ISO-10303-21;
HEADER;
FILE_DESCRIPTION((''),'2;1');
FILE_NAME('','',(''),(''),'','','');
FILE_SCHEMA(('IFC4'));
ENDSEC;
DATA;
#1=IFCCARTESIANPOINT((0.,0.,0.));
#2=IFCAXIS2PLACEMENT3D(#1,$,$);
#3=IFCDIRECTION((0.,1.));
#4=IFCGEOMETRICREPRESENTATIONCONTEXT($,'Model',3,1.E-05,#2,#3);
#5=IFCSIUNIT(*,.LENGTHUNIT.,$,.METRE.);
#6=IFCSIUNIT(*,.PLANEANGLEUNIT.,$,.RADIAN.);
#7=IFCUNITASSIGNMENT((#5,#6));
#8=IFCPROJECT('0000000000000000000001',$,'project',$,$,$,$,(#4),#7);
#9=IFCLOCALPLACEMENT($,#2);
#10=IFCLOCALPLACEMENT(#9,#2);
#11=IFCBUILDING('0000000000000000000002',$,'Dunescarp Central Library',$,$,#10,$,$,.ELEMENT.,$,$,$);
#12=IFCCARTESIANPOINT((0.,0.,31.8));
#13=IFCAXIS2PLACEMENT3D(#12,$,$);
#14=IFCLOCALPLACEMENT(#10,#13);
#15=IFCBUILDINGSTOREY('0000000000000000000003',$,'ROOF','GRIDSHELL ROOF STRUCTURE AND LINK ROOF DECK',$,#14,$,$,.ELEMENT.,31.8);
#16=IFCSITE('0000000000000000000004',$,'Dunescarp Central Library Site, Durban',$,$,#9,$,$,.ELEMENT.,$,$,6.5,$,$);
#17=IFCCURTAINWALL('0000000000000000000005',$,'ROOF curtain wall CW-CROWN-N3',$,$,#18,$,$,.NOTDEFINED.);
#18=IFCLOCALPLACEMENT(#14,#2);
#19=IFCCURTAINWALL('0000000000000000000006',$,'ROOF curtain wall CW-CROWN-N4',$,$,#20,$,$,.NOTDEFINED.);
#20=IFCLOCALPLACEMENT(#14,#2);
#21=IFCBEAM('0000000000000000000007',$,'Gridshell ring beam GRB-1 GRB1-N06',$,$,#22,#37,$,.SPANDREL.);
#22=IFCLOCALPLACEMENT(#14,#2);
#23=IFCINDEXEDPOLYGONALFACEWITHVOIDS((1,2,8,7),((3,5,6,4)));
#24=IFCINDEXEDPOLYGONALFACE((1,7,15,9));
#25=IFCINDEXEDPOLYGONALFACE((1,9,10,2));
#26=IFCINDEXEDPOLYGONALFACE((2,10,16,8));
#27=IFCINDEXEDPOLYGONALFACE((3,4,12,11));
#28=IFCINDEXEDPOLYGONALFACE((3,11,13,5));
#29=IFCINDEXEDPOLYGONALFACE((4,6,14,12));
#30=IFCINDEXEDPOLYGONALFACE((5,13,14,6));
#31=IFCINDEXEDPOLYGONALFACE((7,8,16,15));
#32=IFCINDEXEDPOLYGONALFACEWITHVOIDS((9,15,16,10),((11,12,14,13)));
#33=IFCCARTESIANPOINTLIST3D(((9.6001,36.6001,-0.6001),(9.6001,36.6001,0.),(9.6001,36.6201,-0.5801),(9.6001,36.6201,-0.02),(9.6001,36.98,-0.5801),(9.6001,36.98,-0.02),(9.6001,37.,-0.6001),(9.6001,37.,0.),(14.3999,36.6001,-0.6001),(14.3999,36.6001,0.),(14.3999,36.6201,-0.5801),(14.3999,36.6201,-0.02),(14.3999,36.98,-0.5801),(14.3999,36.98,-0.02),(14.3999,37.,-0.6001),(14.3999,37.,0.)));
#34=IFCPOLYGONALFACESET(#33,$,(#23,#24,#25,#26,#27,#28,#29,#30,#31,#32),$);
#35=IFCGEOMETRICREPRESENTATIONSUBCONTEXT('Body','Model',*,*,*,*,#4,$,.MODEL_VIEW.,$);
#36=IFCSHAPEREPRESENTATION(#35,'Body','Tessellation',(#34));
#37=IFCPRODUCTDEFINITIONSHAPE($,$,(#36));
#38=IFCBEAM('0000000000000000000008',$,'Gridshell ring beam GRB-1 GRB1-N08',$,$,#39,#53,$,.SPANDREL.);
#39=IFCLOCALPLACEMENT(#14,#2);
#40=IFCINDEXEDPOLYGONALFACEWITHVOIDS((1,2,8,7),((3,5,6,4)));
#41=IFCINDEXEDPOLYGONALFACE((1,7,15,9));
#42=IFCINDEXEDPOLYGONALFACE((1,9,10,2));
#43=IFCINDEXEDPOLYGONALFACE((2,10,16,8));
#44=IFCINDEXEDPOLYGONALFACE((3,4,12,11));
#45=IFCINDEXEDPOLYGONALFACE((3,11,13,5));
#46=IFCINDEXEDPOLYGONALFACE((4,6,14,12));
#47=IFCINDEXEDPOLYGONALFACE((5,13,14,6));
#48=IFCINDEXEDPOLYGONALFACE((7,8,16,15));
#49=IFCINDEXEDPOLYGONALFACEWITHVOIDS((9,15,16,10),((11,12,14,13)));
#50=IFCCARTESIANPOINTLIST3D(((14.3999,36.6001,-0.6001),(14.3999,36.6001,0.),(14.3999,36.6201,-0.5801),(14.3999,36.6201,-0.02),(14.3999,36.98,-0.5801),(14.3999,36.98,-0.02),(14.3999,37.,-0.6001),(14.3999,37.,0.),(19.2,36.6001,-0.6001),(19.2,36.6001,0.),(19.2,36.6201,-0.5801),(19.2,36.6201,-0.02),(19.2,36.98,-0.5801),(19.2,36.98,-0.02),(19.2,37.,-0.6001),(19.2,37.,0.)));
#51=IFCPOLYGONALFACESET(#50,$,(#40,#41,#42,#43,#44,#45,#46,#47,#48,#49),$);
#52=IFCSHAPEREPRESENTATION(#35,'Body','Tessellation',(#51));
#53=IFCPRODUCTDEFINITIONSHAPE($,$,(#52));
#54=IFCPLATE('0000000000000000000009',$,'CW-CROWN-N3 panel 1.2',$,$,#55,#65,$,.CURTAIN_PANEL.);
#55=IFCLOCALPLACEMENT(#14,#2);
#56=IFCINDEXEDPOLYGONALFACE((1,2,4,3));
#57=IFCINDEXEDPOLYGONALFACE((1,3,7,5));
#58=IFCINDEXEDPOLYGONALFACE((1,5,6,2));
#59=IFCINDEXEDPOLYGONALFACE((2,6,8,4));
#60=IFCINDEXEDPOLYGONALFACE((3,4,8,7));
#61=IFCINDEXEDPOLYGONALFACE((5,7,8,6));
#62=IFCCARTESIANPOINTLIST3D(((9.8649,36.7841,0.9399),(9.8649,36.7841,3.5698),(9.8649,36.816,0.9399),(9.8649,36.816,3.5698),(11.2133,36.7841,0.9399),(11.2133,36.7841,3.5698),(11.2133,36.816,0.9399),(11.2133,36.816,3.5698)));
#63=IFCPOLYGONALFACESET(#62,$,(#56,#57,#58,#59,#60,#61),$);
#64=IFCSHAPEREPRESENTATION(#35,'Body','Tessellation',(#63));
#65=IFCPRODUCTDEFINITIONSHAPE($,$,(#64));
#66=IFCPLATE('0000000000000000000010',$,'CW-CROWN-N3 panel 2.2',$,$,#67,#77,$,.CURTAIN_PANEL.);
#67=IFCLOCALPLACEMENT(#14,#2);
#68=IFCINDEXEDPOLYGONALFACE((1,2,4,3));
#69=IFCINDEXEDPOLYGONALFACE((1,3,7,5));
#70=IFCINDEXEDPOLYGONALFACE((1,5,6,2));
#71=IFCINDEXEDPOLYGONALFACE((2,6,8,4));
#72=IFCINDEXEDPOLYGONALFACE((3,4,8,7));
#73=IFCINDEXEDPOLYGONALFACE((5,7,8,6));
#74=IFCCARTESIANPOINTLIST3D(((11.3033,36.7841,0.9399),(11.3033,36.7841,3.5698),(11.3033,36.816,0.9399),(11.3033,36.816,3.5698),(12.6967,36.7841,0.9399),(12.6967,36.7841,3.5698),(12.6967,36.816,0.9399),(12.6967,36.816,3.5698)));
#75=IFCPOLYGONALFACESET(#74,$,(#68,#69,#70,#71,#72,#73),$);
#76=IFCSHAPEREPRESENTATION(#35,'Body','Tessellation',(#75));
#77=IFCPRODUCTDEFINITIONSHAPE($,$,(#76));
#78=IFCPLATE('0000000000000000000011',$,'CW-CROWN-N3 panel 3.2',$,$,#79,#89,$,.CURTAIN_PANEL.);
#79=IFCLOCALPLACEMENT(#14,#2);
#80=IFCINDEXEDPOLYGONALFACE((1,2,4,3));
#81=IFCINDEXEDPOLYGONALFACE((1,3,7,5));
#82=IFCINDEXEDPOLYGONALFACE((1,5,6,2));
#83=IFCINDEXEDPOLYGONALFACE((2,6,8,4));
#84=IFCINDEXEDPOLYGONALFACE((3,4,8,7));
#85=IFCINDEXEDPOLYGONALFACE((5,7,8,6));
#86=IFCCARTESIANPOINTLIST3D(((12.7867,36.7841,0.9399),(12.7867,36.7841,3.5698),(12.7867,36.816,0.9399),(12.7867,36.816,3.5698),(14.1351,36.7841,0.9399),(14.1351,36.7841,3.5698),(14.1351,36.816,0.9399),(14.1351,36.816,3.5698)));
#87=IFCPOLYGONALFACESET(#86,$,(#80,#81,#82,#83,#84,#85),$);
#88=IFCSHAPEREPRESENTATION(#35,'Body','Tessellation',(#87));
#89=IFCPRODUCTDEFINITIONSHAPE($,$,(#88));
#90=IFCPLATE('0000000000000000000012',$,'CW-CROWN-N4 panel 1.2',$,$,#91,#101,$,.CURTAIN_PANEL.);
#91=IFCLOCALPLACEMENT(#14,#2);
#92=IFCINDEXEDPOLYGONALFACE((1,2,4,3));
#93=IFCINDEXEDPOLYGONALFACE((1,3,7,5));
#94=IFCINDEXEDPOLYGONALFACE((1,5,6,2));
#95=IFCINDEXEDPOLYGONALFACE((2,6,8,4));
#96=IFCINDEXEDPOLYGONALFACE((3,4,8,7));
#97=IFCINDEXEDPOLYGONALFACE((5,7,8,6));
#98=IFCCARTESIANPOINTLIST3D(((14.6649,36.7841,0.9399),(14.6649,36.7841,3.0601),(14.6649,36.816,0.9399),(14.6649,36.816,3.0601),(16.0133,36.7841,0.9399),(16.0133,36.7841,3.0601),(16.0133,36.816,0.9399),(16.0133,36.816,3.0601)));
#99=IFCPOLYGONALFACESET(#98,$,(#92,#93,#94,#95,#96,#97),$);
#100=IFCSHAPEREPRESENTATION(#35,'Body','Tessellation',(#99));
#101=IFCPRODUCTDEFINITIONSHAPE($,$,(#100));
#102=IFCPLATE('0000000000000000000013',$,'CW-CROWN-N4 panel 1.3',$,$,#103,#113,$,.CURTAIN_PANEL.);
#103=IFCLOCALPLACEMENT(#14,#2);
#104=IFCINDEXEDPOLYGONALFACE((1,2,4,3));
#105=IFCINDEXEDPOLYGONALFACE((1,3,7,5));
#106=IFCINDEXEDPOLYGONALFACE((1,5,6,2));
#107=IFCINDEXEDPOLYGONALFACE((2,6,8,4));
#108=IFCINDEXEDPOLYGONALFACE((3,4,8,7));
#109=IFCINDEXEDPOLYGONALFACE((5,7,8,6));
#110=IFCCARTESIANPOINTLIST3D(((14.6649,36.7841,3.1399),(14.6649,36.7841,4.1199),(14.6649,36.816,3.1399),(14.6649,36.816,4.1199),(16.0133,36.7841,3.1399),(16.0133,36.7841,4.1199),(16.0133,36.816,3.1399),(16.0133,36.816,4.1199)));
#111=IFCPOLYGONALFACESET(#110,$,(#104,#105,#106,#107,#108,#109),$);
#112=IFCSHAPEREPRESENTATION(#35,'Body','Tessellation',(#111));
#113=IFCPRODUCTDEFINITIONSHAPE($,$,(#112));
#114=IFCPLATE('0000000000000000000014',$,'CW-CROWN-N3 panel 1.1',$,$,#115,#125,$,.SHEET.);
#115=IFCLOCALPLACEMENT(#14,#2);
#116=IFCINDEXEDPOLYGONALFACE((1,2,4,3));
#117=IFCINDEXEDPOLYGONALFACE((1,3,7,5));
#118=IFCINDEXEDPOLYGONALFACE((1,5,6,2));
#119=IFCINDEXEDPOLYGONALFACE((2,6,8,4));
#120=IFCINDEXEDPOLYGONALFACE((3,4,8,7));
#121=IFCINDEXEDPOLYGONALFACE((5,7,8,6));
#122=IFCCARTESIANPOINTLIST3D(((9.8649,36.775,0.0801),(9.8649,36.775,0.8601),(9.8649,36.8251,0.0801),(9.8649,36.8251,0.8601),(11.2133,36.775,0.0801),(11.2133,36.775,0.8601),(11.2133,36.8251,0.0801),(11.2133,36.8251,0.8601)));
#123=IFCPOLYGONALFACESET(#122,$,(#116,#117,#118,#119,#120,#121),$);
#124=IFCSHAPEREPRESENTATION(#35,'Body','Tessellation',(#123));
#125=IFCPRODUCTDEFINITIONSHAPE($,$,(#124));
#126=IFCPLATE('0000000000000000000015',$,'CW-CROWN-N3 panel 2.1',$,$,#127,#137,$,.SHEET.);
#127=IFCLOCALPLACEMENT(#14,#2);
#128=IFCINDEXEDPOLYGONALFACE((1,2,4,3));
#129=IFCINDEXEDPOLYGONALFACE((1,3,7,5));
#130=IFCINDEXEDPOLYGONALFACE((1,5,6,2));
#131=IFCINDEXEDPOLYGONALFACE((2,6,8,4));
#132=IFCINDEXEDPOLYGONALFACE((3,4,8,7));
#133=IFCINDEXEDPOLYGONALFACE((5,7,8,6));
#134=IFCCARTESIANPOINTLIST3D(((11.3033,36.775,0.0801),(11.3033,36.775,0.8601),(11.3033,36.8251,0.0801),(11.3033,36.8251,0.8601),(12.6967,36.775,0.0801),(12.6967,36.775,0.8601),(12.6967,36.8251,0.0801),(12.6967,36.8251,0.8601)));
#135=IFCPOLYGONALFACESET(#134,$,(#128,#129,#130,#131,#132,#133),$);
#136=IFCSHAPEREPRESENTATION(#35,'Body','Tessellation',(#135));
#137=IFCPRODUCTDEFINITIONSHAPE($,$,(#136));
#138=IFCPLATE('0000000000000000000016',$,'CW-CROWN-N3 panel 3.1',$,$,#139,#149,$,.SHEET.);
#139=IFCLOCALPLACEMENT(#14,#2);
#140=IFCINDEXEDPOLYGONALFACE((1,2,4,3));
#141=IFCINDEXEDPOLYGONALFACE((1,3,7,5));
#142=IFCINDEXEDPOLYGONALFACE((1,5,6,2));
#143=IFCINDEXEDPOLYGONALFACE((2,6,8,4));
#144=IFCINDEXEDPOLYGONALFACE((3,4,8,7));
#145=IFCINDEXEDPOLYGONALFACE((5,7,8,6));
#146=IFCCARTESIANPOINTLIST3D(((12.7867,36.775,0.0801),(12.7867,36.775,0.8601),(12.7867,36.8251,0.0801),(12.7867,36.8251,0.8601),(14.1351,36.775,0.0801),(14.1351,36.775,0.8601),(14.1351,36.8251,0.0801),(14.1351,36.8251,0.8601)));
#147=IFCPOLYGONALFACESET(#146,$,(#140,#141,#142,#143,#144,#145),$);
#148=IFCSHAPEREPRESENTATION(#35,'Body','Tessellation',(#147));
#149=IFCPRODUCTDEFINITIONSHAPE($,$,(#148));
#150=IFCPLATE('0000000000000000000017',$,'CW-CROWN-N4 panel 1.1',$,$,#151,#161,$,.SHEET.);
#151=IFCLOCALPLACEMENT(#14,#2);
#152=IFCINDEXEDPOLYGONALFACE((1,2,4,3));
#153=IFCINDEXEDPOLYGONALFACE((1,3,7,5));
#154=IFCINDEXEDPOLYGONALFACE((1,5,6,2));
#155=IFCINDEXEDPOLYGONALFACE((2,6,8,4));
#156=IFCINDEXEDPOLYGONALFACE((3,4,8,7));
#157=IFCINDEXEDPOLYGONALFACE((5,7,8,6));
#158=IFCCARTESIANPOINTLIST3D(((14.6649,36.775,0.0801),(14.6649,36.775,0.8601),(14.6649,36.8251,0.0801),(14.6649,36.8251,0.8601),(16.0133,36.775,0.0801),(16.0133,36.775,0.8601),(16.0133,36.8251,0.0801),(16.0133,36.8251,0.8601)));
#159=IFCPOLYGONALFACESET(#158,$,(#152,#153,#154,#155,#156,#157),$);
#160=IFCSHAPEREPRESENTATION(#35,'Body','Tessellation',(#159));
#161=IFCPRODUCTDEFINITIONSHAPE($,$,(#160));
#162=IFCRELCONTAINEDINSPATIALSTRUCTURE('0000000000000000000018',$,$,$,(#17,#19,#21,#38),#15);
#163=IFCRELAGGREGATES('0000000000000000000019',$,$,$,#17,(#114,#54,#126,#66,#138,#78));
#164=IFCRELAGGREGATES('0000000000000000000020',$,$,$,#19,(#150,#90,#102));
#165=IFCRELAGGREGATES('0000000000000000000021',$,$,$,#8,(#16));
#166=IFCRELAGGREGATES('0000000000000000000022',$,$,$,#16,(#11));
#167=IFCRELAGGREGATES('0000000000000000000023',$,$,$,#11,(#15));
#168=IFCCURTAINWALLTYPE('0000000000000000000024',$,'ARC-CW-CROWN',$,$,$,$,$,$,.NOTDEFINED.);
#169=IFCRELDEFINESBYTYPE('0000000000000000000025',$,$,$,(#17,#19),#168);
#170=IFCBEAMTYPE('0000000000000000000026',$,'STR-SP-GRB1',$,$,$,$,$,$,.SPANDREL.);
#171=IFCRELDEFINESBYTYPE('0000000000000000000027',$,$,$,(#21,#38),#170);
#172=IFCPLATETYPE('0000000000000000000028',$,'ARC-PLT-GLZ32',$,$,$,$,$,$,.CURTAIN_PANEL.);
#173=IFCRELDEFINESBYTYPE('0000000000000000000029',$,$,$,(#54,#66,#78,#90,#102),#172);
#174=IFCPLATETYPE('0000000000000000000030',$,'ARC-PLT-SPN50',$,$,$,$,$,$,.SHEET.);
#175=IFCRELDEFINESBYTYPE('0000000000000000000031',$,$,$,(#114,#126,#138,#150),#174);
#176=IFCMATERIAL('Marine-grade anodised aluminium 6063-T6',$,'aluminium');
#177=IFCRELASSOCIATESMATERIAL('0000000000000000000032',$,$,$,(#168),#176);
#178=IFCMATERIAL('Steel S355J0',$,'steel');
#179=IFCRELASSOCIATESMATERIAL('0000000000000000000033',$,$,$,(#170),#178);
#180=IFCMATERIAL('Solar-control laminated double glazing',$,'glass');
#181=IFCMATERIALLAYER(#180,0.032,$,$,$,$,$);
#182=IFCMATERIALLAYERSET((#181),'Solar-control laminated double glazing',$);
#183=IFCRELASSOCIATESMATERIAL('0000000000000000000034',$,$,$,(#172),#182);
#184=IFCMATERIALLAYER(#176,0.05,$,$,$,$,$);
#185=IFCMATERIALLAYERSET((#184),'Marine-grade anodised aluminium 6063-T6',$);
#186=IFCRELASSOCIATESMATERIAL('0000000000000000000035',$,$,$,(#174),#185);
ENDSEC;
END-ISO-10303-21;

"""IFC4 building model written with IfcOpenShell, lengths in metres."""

from ifc_helpers import new_model, si_unit, direction, frame, origin, origin_2d, place, context, subcontext, project, spatial, rectangle, hollow_rectangle, extrude, material, layer, layer_set, material_profile, profile_set, type_object, element, aggregate, save


model = new_model("IFC4")

# Units and contexts
model_context = context("Model", 3, precision=1e-05, world=origin(), true_north=direction((0.0, 1.0)))
body_context = subcontext(model_context, "Body", "Model", "MODEL_VIEW")
ifc_project = project(units=[si_unit("LENGTHUNIT", "METRE"), si_unit("PLANEANGLEUNIT", "RADIAN")], contexts=[model_context])

# Site, building, storey
site_placement = place(None, origin())
site = spatial("IfcSite", under=ifc_project, at=site_placement, Name="Dunescarp Central Library Site, Durban", CompositionType="ELEMENT", RefElevation=6.5)
building_placement = place(site_placement, origin())
building = spatial("IfcBuilding", under=site, at=building_placement, Name="Dunescarp Central Library", CompositionType="ELEMENT")
storey_placement = place(building_placement, frame((0.0, 0.0, 31.8)))
storey = spatial("IfcBuildingStorey", under=building, at=storey_placement, Name="ROOF", Description="GRIDSHELL ROOF STRUCTURE AND LINK ROOF DECK", CompositionType="ELEMENT", Elevation=31.8)

# Curtain wall
ifc_material_1 = material(Name="Marine-grade anodised aluminium 6063-T6", Category="aluminium")
curtain_wall_type = type_object("IfcCurtainWallType", Name="ARC-CW-CROWN", PredefinedType="NOTDEFINED", material=ifc_material_1)
curtain_wall_1_placement = place(storey_placement, origin())
curtain_wall_1 = element("IfcCurtainWall", 1, at=curtain_wall_1_placement, inside=storey, type_object=curtain_wall_type, Name="ROOF curtain wall CW-CROWN-N3", PredefinedType="NOTDEFINED")

# Curtain wall
curtain_wall_2_placement = place(storey_placement, origin())
curtain_wall_2 = element("IfcCurtainWall", 2, at=curtain_wall_2_placement, inside=storey, type_object=curtain_wall_type, Name="ROOF curtain wall CW-CROWN-N4", PredefinedType="NOTDEFINED")

# Beams
ifc_material_2 = material(Name="Steel S355J0", Category="steel")
ifc_material_profile_1 = material_profile(ifc_material_2, hollow_rectangle(XDim=0.3999, YDim=0.6001, WallThickness=0.02, at=origin_2d()), Name="RHS 600x400x20")
ifc_profile_set_1 = profile_set([ifc_material_profile_1], Name="Steel S355J0")
beam_type = type_object("IfcBeamType", Name="STR-SP-GRB1", PredefinedType="SPANDREL", material=ifc_profile_set_1)
beam_1_placement = place(storey_placement, frame((9.6001, 36.8, -0.3), z_axis=(1.0, 0.0, 0.0), x_axis=(0.0, 1.0, 0.0)))
element("IfcBeam", 3, at=beam_1_placement, inside=storey, type_object=beam_type, Name="Gridshell ring beam GRB-1 GRB1-N06", PredefinedType="SPANDREL", context=body_context, shape_type="SweptSolid", body=[
    extrude(hollow_rectangle(XDim=0.3999, YDim=0.6001, WallThickness=0.02, at=origin_2d()), origin(), (0.0, 0.0, 1.0), 4.7998),
])
beam_2_placement = place(storey_placement, frame((14.3999, 36.8, -0.3), z_axis=(1.0, 0.0, 0.0), x_axis=(0.0, 1.0, 0.0)))
element("IfcBeam", 4, at=beam_2_placement, inside=storey, type_object=beam_type, Name="Gridshell ring beam GRB-1 GRB1-N08", PredefinedType="SPANDREL", context=body_context, shape_type="SweptSolid", body=[
    extrude(hollow_rectangle(XDim=0.3999, YDim=0.6001, WallThickness=0.02, at=origin_2d()), origin(), (0.0, 0.0, 1.0), 4.8),
])

# Plates
ifc_material_3 = material(Name="Solar-control laminated double glazing", Category="glass")
ifc_layer_1 = layer(ifc_material_3, 0.032)
ifc_layer_set_1 = layer_set([ifc_layer_1], Name="Solar-control laminated double glazing")
plate_type_1 = type_object("IfcPlateType", Name="ARC-PLT-GLZ32", PredefinedType="CURTAIN_PANEL", material=ifc_layer_set_1)
plate_1_placement = place(storey_placement, frame((10.5391, 36.8, 0.9399), z_axis=(0.0, 0.0, 1.0), x_axis=(1.0, 0.0, 0.0)))
plate_1 = element("IfcPlate", 5, at=plate_1_placement, type_object=plate_type_1, Name="CW-CROWN-N3 panel 1.2", PredefinedType="CURTAIN_PANEL", context=body_context, shape_type="SweptSolid", body=[
    extrude(rectangle(XDim=1.3484, YDim=0.032, at=origin_2d()), origin(), (0.0, 0.0, 1.0), 2.6299),
])
plate_2_placement = place(storey_placement, frame((12.0, 36.8, 0.9399), z_axis=(0.0, 0.0, 1.0), x_axis=(1.0, 0.0, 0.0)))
plate_2 = element("IfcPlate", 6, at=plate_2_placement, type_object=plate_type_1, Name="CW-CROWN-N3 panel 2.2", PredefinedType="CURTAIN_PANEL", context=body_context, shape_type="SweptSolid", body=[
    extrude(rectangle(XDim=1.3933, YDim=0.032, at=origin_2d()), origin(), (0.0, 0.0, 1.0), 2.6299),
])
plate_3_placement = place(storey_placement, frame((13.4609, 36.8, 0.9399), z_axis=(0.0, 0.0, 1.0), x_axis=(1.0, 0.0, 0.0)))
plate_3 = element("IfcPlate", 7, at=plate_3_placement, type_object=plate_type_1, Name="CW-CROWN-N3 panel 3.2", PredefinedType="CURTAIN_PANEL", context=body_context, shape_type="SweptSolid", body=[
    extrude(rectangle(XDim=1.3484, YDim=0.032, at=origin_2d()), origin(), (0.0, 0.0, 1.0), 2.6299),
])
plate_4_placement = place(storey_placement, frame((15.3391, 36.8, 0.9399), z_axis=(0.0, 0.0, 1.0), x_axis=(1.0, 0.0, 0.0)))
plate_4 = element("IfcPlate", 8, at=plate_4_placement, type_object=plate_type_1, Name="CW-CROWN-N4 panel 1.2", PredefinedType="CURTAIN_PANEL", context=body_context, shape_type="SweptSolid", body=[
    extrude(rectangle(XDim=1.3484, YDim=0.032, at=origin_2d()), origin(), (0.0, 0.0, 1.0), 2.1201),
])
plate_5_placement = place(storey_placement, frame((15.3391, 36.8, 3.1399), z_axis=(0.0, 0.0, 1.0), x_axis=(1.0, 0.0, 0.0)))
plate_5 = element("IfcPlate", 9, at=plate_5_placement, type_object=plate_type_1, Name="CW-CROWN-N4 panel 1.3", PredefinedType="CURTAIN_PANEL", context=body_context, shape_type="SweptSolid", body=[
    extrude(rectangle(XDim=1.3484, YDim=0.032, at=origin_2d()), origin(), (0.0, 0.0, 1.0), 0.98),
])
ifc_layer_2 = layer(ifc_material_1, 0.05)
ifc_layer_set_2 = layer_set([ifc_layer_2], Name="Marine-grade anodised aluminium 6063-T6")
plate_type_2 = type_object("IfcPlateType", Name="ARC-PLT-SPN50", PredefinedType="SHEET", material=ifc_layer_set_2)
plate_6_placement = place(storey_placement, frame((10.5391, 36.8, 0.0801), z_axis=(0.0, 0.0, 1.0), x_axis=(1.0, 0.0, 0.0)))
plate_6 = element("IfcPlate", 10, at=plate_6_placement, type_object=plate_type_2, Name="CW-CROWN-N3 panel 1.1", PredefinedType="SHEET", context=body_context, shape_type="SweptSolid", body=[
    extrude(rectangle(XDim=1.3484, YDim=0.05, at=origin_2d()), origin(), (0.0, 0.0, 1.0), 0.78),
])
plate_7_placement = place(storey_placement, frame((12.0, 36.8, 0.0801), z_axis=(0.0, 0.0, 1.0), x_axis=(1.0, 0.0, 0.0)))
plate_7 = element("IfcPlate", 11, at=plate_7_placement, type_object=plate_type_2, Name="CW-CROWN-N3 panel 2.1", PredefinedType="SHEET", context=body_context, shape_type="SweptSolid", body=[
    extrude(rectangle(XDim=1.3933, YDim=0.05, at=origin_2d()), origin(), (0.0, 0.0, 1.0), 0.78),
])
plate_8_placement = place(storey_placement, frame((13.4609, 36.8, 0.0801), z_axis=(0.0, 0.0, 1.0), x_axis=(1.0, 0.0, 0.0)))
plate_8 = element("IfcPlate", 12, at=plate_8_placement, type_object=plate_type_2, Name="CW-CROWN-N3 panel 3.1", PredefinedType="SHEET", context=body_context, shape_type="SweptSolid", body=[
    extrude(rectangle(XDim=1.3484, YDim=0.05, at=origin_2d()), origin(), (0.0, 0.0, 1.0), 0.78),
])
aggregate(curtain_wall_1, [plate_6, plate_1, plate_7, plate_2, plate_8, plate_3])
plate_9_placement = place(storey_placement, frame((15.3391, 36.8, 0.0801), z_axis=(0.0, 0.0, 1.0), x_axis=(1.0, 0.0, 0.0)))
plate_9 = element("IfcPlate", 13, at=plate_9_placement, type_object=plate_type_2, Name="CW-CROWN-N4 panel 1.1", PredefinedType="SHEET", context=body_context, shape_type="SweptSolid", body=[
    extrude(rectangle(XDim=1.3484, YDim=0.05, at=origin_2d()), origin(), (0.0, 0.0, 1.0), 0.78),
])
aggregate(curtain_wall_2, [plate_9, plate_4, plate_5])

save(model, "model.ifc")
